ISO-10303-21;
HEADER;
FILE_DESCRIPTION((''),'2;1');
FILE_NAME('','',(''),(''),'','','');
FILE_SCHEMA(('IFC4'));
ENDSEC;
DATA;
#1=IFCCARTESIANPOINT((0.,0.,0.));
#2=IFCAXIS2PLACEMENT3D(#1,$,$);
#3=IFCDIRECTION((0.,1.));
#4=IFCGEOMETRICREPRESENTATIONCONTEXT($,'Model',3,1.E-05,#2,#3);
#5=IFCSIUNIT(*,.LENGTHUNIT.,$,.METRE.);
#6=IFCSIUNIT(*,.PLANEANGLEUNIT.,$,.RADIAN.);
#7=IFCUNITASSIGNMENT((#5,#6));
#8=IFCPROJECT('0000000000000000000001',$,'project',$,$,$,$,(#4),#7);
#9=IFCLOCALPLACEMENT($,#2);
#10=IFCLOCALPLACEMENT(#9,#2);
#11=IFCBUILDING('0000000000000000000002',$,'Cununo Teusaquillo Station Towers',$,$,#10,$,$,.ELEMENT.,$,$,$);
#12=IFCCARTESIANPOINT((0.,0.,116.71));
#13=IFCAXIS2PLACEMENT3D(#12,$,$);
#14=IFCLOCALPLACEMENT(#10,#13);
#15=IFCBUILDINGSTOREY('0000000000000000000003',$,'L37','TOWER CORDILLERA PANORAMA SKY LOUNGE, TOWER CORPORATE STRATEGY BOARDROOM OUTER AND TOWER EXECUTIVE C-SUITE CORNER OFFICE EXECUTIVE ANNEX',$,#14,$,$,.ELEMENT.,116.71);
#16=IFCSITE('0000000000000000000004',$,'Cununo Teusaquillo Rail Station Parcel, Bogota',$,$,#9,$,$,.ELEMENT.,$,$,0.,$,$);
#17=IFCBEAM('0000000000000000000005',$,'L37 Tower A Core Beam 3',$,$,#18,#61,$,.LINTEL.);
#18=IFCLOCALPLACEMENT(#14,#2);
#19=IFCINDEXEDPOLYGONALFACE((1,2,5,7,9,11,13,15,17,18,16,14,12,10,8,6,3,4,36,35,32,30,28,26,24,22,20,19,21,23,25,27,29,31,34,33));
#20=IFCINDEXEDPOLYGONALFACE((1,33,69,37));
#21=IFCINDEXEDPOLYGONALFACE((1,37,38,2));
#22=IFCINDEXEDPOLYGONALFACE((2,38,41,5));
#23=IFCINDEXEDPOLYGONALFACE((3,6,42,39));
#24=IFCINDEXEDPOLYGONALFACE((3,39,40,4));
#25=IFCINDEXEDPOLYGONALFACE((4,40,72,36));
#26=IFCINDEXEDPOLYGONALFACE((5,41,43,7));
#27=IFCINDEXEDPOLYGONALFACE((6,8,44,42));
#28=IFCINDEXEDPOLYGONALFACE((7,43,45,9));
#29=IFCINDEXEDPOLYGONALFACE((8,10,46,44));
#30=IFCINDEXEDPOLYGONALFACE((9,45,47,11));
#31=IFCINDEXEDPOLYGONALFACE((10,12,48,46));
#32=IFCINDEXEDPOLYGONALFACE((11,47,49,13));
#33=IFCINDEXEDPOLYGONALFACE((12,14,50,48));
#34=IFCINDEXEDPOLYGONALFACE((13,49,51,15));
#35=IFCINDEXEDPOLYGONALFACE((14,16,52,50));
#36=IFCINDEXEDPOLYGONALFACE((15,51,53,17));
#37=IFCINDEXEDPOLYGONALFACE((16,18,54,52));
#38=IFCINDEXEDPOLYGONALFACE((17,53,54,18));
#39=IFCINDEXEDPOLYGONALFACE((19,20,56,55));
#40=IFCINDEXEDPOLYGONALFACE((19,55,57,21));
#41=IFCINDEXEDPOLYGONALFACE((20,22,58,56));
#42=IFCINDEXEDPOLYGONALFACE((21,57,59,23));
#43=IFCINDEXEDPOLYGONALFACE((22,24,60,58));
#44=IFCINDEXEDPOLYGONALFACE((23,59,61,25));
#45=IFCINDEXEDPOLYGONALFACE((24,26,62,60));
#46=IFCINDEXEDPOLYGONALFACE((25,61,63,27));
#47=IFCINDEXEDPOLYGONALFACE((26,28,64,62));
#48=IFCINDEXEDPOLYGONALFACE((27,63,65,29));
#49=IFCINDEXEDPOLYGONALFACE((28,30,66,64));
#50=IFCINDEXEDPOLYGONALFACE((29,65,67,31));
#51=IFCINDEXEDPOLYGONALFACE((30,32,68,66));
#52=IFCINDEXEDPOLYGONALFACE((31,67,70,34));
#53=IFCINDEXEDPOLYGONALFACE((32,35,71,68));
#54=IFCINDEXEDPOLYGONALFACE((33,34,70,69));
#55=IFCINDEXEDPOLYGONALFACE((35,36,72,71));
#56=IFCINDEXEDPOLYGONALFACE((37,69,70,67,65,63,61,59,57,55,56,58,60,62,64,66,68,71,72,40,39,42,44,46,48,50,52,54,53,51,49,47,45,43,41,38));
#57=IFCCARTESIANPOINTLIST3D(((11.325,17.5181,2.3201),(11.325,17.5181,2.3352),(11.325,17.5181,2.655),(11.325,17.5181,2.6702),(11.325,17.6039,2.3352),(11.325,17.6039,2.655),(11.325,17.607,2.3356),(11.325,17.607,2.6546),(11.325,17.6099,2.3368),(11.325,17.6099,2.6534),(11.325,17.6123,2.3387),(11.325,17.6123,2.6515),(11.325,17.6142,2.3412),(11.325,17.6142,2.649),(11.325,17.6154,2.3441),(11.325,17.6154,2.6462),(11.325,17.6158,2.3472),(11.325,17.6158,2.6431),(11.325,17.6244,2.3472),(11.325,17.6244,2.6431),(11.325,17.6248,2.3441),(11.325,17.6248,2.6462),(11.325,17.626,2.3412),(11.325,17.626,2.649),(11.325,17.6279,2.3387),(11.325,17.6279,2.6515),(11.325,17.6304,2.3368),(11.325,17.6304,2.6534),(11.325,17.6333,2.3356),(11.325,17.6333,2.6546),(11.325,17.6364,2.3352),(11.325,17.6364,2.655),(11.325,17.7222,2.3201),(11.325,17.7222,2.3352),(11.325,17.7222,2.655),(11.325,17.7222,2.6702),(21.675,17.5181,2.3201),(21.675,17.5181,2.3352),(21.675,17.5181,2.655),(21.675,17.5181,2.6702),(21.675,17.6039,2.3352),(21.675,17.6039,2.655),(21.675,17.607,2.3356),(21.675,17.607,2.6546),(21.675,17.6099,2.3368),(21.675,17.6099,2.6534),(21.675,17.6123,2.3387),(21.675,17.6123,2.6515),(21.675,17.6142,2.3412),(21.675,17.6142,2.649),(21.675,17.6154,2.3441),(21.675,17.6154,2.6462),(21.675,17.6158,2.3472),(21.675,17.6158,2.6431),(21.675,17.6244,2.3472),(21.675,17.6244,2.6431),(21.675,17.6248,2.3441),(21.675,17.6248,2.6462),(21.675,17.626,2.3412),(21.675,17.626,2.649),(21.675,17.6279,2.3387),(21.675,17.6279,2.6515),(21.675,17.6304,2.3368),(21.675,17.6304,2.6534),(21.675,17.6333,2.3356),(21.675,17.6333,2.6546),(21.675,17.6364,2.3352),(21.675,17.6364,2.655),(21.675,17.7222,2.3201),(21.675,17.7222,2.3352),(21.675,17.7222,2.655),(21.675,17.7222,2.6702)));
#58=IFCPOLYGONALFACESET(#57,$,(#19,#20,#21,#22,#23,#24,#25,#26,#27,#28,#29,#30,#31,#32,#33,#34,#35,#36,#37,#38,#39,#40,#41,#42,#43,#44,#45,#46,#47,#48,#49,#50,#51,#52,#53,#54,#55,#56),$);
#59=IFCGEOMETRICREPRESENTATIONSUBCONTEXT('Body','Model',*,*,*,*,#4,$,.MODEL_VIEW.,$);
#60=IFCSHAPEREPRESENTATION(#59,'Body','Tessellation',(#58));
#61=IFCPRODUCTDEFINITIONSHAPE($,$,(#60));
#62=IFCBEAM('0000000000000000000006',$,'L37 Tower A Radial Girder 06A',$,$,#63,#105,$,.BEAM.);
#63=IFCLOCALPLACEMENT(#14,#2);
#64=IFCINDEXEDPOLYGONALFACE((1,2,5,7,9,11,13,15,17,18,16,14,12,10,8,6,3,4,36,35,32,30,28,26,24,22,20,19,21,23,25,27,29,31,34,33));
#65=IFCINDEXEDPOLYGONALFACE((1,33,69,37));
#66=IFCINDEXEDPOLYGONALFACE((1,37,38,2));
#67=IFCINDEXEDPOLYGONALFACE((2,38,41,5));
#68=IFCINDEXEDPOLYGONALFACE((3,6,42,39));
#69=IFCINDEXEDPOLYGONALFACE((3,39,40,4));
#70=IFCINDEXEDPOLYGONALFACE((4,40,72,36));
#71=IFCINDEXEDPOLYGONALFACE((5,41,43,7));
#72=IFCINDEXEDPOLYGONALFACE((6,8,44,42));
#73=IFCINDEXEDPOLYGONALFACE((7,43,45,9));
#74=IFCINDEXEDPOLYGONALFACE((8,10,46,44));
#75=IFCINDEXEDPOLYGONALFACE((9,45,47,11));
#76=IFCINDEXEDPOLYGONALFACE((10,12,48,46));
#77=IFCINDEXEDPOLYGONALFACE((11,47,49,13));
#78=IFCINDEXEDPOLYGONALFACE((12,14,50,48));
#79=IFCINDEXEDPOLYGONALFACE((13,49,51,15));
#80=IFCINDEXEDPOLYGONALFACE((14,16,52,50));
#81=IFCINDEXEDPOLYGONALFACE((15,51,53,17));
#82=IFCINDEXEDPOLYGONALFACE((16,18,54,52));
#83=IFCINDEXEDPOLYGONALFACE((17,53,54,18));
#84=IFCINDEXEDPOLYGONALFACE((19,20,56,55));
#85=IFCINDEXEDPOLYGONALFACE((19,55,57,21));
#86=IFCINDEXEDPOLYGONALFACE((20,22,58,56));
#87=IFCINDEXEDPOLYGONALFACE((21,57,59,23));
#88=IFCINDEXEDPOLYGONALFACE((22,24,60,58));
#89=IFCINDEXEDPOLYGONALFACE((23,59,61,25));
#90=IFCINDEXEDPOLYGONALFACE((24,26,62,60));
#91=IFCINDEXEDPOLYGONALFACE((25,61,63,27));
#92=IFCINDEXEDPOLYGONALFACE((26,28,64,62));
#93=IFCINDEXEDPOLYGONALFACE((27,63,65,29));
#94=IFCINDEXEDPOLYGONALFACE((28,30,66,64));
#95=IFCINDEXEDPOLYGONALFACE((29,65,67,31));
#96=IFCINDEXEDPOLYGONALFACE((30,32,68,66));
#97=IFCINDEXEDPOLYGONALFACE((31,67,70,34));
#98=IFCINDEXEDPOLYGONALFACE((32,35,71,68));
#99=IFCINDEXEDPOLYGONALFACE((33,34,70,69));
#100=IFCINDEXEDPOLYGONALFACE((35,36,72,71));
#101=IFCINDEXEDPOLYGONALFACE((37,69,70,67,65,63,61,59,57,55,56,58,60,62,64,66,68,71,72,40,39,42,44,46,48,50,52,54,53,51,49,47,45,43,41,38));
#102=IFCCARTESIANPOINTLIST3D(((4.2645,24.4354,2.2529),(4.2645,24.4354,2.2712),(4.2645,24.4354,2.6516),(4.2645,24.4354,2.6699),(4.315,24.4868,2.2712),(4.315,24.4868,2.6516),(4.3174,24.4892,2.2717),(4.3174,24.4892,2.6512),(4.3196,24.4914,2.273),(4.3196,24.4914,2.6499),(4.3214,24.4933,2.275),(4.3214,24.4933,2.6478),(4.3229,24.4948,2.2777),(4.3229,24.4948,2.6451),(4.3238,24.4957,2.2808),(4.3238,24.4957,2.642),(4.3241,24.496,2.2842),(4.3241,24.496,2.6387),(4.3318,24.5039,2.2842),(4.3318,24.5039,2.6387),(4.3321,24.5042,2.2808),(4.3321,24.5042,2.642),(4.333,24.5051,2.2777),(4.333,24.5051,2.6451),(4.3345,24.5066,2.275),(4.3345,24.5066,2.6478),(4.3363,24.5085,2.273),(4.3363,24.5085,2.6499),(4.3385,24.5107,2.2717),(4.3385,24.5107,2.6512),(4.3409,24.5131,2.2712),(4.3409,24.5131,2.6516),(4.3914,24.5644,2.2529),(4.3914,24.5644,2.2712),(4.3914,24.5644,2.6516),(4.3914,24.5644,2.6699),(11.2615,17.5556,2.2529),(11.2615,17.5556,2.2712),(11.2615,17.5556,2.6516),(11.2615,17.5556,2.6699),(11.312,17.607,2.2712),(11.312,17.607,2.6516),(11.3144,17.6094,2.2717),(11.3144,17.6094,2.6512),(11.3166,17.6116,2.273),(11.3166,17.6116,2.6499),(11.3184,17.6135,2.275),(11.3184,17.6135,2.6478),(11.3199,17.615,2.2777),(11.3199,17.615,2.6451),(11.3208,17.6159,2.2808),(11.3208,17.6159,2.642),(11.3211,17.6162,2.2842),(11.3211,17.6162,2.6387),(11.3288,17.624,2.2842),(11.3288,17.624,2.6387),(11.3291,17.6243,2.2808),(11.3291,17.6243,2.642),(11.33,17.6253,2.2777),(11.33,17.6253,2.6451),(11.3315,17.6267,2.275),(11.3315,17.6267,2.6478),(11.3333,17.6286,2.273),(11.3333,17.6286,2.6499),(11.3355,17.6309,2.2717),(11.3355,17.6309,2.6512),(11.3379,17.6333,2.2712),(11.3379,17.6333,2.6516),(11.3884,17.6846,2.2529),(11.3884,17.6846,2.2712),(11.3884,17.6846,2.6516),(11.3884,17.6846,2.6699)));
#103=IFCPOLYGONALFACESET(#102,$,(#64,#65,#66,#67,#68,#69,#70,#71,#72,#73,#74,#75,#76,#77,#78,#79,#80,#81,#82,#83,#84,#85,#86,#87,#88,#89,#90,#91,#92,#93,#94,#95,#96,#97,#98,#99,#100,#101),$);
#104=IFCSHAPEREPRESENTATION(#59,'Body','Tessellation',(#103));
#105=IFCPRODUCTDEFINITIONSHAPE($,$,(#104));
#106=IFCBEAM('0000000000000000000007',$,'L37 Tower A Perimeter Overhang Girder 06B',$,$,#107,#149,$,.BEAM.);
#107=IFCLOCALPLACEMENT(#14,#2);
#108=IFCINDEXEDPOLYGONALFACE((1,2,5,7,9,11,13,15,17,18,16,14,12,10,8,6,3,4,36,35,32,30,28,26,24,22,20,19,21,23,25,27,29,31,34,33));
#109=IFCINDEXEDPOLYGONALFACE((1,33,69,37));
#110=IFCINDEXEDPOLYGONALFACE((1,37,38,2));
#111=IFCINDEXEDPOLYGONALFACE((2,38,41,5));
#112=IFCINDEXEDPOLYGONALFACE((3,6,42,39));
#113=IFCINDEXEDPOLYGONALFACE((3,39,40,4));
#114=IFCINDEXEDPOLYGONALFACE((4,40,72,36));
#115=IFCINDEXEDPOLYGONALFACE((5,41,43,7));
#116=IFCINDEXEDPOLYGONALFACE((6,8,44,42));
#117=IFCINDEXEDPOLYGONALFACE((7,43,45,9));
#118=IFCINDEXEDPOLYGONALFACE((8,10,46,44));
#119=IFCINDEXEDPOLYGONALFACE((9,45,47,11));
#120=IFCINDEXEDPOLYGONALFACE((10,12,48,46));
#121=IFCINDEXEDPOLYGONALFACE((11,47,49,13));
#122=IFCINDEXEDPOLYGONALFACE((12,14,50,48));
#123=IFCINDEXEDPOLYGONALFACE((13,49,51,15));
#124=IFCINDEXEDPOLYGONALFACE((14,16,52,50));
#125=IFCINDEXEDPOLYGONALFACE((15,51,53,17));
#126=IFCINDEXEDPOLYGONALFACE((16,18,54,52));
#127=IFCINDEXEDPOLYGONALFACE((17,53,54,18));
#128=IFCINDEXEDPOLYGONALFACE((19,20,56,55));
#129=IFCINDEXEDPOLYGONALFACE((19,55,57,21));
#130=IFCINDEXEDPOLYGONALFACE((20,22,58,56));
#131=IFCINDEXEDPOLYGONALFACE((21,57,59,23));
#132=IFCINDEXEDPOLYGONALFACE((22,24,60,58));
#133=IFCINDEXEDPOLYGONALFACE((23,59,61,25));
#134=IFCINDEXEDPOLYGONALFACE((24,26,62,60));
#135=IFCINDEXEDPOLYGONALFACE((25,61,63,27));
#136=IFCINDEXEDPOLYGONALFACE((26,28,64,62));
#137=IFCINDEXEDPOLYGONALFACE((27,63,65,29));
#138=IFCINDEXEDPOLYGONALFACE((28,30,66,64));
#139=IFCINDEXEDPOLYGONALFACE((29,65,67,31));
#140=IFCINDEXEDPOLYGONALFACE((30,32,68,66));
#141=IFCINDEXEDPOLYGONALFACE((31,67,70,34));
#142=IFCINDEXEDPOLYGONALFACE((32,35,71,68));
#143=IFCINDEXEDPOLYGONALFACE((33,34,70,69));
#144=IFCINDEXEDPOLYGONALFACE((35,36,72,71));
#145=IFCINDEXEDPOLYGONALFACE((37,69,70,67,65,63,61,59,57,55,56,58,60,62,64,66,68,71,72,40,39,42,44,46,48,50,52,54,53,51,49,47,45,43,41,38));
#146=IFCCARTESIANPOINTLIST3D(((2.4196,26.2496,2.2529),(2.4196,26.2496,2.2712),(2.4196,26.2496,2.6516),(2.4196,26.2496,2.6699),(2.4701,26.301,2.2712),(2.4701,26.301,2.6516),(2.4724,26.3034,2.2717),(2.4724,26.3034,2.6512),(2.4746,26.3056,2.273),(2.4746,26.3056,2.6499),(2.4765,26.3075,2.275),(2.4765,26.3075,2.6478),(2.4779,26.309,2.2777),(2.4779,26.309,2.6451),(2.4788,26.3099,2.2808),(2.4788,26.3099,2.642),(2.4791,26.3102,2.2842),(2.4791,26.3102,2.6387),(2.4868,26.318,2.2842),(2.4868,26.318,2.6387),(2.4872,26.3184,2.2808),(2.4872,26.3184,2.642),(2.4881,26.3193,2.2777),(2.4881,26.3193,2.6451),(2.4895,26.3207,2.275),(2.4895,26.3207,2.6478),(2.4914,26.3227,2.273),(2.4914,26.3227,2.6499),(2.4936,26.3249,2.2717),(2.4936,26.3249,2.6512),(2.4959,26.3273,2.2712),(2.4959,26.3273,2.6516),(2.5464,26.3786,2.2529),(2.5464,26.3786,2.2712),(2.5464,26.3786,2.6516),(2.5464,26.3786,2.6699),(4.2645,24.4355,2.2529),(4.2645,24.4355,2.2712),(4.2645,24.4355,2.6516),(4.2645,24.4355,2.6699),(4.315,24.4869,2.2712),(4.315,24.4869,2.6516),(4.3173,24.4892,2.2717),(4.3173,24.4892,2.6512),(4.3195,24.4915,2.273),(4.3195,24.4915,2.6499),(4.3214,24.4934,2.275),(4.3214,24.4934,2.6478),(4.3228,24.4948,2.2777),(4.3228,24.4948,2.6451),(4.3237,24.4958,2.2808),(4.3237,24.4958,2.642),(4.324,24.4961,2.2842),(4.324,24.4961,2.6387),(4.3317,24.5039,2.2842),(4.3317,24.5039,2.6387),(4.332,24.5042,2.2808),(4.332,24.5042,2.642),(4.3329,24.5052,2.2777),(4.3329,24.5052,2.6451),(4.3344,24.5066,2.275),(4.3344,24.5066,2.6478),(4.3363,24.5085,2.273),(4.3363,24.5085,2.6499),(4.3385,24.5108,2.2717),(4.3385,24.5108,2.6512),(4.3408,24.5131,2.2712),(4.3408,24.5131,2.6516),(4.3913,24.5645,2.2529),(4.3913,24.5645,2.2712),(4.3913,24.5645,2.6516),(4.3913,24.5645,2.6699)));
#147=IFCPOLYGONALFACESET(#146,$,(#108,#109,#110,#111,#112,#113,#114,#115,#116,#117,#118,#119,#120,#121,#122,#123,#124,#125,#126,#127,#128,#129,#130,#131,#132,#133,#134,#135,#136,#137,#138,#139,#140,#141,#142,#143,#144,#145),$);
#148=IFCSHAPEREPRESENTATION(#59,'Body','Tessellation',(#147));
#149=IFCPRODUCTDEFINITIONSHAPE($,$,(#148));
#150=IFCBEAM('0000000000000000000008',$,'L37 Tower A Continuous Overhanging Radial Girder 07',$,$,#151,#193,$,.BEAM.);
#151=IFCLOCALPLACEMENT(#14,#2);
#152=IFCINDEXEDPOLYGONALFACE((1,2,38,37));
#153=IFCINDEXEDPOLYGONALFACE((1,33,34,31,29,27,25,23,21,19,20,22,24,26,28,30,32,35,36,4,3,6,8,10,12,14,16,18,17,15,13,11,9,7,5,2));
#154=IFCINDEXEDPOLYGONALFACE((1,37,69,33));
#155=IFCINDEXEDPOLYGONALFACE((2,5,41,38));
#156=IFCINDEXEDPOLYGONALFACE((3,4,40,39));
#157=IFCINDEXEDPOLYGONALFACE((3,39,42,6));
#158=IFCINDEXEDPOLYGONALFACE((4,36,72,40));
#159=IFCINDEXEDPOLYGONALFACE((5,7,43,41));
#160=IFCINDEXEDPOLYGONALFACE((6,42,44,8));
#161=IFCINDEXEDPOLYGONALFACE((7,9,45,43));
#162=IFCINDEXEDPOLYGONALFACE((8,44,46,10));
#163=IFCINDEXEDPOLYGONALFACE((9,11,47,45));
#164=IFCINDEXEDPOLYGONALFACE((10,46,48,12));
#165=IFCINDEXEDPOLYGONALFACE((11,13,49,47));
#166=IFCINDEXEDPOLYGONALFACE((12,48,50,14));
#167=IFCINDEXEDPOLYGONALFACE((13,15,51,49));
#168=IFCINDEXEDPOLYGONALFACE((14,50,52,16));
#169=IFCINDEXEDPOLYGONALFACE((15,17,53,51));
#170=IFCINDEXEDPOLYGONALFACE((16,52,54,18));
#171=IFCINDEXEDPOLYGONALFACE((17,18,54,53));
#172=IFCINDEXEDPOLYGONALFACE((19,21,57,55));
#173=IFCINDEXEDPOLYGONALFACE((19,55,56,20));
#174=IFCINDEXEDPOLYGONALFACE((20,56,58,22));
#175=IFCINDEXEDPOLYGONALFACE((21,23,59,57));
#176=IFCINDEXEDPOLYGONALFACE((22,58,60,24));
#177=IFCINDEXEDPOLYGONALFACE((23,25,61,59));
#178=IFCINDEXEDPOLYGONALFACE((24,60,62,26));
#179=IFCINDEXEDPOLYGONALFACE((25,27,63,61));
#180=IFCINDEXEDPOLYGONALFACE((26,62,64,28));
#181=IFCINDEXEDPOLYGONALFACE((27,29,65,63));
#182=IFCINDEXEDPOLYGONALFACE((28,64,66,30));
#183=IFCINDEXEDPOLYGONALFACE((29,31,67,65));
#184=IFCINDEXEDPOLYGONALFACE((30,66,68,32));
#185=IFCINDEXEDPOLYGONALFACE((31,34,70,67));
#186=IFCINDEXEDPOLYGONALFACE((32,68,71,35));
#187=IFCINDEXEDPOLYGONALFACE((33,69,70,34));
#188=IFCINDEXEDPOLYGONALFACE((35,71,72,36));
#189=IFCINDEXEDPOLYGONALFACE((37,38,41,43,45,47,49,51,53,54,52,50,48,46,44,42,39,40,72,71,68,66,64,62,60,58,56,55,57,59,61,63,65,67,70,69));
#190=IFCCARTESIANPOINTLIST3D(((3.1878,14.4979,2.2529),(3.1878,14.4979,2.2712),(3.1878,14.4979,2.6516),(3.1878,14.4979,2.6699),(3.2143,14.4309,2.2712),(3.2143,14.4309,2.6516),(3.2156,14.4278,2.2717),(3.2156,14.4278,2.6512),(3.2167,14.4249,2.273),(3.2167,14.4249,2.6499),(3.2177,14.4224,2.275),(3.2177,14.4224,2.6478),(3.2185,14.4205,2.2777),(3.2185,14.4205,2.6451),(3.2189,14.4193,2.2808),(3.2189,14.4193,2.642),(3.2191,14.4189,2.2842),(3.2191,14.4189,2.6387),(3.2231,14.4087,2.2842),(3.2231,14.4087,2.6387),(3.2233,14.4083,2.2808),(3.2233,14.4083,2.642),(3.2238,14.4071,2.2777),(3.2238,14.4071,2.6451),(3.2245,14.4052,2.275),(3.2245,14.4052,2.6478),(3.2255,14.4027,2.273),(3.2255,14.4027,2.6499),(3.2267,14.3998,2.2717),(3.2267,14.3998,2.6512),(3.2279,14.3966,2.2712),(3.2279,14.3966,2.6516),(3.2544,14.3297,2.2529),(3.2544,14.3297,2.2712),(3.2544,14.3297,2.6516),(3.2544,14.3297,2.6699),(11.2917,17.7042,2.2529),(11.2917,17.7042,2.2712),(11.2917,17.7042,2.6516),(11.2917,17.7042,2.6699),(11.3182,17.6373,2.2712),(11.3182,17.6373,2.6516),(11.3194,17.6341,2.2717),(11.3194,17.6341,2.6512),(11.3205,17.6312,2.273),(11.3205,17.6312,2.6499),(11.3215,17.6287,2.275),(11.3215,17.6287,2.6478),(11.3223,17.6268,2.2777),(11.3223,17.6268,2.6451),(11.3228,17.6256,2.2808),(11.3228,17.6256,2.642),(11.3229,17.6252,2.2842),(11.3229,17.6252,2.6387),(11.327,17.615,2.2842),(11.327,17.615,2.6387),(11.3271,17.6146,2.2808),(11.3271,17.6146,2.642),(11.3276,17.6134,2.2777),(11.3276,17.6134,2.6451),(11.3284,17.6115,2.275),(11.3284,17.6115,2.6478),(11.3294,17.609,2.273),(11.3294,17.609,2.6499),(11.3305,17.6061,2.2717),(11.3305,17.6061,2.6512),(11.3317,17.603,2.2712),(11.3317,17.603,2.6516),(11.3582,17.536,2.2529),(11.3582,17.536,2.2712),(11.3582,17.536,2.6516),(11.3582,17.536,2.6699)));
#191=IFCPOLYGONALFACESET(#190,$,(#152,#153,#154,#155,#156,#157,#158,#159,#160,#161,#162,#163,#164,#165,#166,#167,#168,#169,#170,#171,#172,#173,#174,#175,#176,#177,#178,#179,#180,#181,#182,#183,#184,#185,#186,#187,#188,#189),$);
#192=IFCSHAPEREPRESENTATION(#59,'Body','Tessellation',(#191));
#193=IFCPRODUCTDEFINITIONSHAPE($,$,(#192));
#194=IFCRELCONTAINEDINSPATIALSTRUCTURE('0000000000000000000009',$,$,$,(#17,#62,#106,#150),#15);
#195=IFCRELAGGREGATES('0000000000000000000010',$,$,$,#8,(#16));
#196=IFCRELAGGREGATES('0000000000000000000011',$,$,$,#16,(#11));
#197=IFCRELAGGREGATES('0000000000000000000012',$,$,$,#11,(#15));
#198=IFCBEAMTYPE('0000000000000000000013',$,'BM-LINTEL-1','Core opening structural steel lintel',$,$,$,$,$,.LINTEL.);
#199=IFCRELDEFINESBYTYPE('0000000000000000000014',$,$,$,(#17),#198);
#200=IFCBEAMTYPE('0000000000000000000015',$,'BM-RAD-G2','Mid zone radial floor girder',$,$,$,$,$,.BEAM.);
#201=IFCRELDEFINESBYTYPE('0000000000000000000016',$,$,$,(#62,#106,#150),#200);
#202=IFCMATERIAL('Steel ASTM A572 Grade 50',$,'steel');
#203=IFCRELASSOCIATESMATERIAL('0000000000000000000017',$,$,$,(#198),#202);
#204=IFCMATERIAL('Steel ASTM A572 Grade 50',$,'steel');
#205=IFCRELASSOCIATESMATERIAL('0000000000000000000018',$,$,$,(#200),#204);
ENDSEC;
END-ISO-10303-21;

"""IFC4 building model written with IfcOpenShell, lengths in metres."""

from ifc_helpers import new_model, si_unit, direction, frame, origin, origin_2d, place, context, subcontext, project, spatial, i_section, extrude, material, material_profile, profile_set, type_object, element, save


model = new_model("IFC4")

# Units and contexts
model_context = context("Model", 3, precision=1e-05, world=origin(), true_north=direction((0.0, 1.0)))
body_context = subcontext(model_context, "Body", "Model", "MODEL_VIEW")
ifc_project = project(units=[si_unit("LENGTHUNIT", "METRE"), si_unit("PLANEANGLEUNIT", "RADIAN")], contexts=[model_context])

# Site, building, storey
site_placement = place(None, origin())
site = spatial("IfcSite", under=ifc_project, at=site_placement, Name="Cununo Teusaquillo Rail Station Parcel, Bogota", CompositionType="ELEMENT", RefElevation=0.0)
building_placement = place(site_placement, origin())
building = spatial("IfcBuilding", under=site, at=building_placement, Name="Cununo Teusaquillo Station Towers", CompositionType="ELEMENT")
storey_placement = place(building_placement, frame((0.0, 0.0, 116.71)))
storey = spatial("IfcBuildingStorey", under=building, at=storey_placement, Name="L37", Description="TOWER CORDILLERA PANORAMA SKY LOUNGE, TOWER CORPORATE STRATEGY BOARDROOM OUTER AND TOWER EXECUTIVE C-SUITE CORNER OFFICE EXECUTIVE ANNEX", CompositionType="ELEMENT", Elevation=116.71)

# Beams
ifc_material_1 = material(Name="Steel ASTM A572 Grade 50", Category="steel")
ifc_material_profile_1 = material_profile(ifc_material_1, i_section(OverallWidth=0.2041, OverallDepth=0.3501, WebThickness=0.0085, FlangeThickness=0.0151, FilletRadius=0.012, at=origin_2d()), Name="W14X48")
ifc_profile_set_1 = profile_set([ifc_material_profile_1], Name="Steel ASTM A572 Grade 50")
beam_type_1 = type_object("IfcBeamType", Name="BM-LINTEL-1", Description="Core opening structural steel lintel", PredefinedType="LINTEL", material=ifc_profile_set_1)
beam_1_placement = place(storey_placement, frame((11.325, 17.6201, 2.4951), z_axis=(1.0, 0.0, 0.0), x_axis=(0.0, 1.0, 0.0)))
element("IfcBeam", 1, at=beam_1_placement, inside=storey, type_object=beam_type_1, Name="L37 Tower A Core Beam 3", PredefinedType="LINTEL", context=body_context, shape_type="SweptSolid", body=[
    extrude(i_section(OverallWidth=0.2041, OverallDepth=0.3501, WebThickness=0.0085, FlangeThickness=0.0151, FilletRadius=0.012, at=origin_2d()), origin(), (0.0, 0.0, 1.0), 10.3501),
])
ifc_material_2 = material(Name="Steel ASTM A572 Grade 50", Category="steel")
ifc_material_profile_2 = material_profile(ifc_material_2, i_section(OverallWidth=0.1809, OverallDepth=0.417, WebThickness=0.011, FlangeThickness=0.0183, FilletRadius=0.0129, at=origin_2d()), Name="W16X57")
ifc_profile_set_2 = profile_set([ifc_material_profile_2], Name="Steel ASTM A572 Grade 50")
beam_type_2 = type_object("IfcBeamType", Name="BM-RAD-G2", Description="Mid zone radial floor girder", PredefinedType="BEAM", material=ifc_profile_set_2)
beam_2_placement = place(storey_placement, frame((11.325, 17.6201, 2.4614), z_axis=(-0.713053, 0.70111, 0.0), x_axis=(-0.70111, -0.713053, 0.0)))
element("IfcBeam", 2, at=beam_2_placement, inside=storey, type_object=beam_type_2, Name="L37 Tower A Radial Girder 06A", PredefinedType="BEAM", context=body_context, shape_type="SweptSolid", body=[
    extrude(i_section(OverallWidth=0.1809, OverallDepth=0.417, WebThickness=0.011, FlangeThickness=0.0183, FilletRadius=0.0129, at=origin_2d()), origin(), (0.0, 0.0, 1.0), 9.8127),
])
beam_3_placement = place(storey_placement, frame((4.3279, 24.5, 2.4614), z_axis=(-0.713026, 0.701138, 0.0), x_axis=(-0.701138, -0.713026, 0.0)))
element("IfcBeam", 3, at=beam_3_placement, inside=storey, type_object=beam_type_2, Name="L37 Tower A Perimeter Overhang Girder 06B", PredefinedType="BEAM", context=body_context, shape_type="SweptSolid", body=[
    extrude(i_section(OverallWidth=0.1809, OverallDepth=0.417, WebThickness=0.011, FlangeThickness=0.0183, FilletRadius=0.0129, at=origin_2d()), origin(), (0.0, 0.0, 1.0), 2.5874),
])
beam_4_placement = place(storey_placement, frame((11.325, 17.6201, 2.4614), z_axis=(-0.929863, -0.367906, 0.0), x_axis=(0.367906, -0.929863, 0.0)))
element("IfcBeam", 4, at=beam_4_placement, inside=storey, type_object=beam_type_2, Name="L37 Tower A Continuous Overhanging Radial Girder 07", PredefinedType="BEAM", context=body_context, shape_type="SweptSolid", body=[
    extrude(i_section(OverallWidth=0.1809, OverallDepth=0.417, WebThickness=0.011, FlangeThickness=0.0183, FilletRadius=0.0129, at=origin_2d()), origin(), (0.0, 0.0, 1.0), 8.7151),
])

save(model, "model.ifc")
